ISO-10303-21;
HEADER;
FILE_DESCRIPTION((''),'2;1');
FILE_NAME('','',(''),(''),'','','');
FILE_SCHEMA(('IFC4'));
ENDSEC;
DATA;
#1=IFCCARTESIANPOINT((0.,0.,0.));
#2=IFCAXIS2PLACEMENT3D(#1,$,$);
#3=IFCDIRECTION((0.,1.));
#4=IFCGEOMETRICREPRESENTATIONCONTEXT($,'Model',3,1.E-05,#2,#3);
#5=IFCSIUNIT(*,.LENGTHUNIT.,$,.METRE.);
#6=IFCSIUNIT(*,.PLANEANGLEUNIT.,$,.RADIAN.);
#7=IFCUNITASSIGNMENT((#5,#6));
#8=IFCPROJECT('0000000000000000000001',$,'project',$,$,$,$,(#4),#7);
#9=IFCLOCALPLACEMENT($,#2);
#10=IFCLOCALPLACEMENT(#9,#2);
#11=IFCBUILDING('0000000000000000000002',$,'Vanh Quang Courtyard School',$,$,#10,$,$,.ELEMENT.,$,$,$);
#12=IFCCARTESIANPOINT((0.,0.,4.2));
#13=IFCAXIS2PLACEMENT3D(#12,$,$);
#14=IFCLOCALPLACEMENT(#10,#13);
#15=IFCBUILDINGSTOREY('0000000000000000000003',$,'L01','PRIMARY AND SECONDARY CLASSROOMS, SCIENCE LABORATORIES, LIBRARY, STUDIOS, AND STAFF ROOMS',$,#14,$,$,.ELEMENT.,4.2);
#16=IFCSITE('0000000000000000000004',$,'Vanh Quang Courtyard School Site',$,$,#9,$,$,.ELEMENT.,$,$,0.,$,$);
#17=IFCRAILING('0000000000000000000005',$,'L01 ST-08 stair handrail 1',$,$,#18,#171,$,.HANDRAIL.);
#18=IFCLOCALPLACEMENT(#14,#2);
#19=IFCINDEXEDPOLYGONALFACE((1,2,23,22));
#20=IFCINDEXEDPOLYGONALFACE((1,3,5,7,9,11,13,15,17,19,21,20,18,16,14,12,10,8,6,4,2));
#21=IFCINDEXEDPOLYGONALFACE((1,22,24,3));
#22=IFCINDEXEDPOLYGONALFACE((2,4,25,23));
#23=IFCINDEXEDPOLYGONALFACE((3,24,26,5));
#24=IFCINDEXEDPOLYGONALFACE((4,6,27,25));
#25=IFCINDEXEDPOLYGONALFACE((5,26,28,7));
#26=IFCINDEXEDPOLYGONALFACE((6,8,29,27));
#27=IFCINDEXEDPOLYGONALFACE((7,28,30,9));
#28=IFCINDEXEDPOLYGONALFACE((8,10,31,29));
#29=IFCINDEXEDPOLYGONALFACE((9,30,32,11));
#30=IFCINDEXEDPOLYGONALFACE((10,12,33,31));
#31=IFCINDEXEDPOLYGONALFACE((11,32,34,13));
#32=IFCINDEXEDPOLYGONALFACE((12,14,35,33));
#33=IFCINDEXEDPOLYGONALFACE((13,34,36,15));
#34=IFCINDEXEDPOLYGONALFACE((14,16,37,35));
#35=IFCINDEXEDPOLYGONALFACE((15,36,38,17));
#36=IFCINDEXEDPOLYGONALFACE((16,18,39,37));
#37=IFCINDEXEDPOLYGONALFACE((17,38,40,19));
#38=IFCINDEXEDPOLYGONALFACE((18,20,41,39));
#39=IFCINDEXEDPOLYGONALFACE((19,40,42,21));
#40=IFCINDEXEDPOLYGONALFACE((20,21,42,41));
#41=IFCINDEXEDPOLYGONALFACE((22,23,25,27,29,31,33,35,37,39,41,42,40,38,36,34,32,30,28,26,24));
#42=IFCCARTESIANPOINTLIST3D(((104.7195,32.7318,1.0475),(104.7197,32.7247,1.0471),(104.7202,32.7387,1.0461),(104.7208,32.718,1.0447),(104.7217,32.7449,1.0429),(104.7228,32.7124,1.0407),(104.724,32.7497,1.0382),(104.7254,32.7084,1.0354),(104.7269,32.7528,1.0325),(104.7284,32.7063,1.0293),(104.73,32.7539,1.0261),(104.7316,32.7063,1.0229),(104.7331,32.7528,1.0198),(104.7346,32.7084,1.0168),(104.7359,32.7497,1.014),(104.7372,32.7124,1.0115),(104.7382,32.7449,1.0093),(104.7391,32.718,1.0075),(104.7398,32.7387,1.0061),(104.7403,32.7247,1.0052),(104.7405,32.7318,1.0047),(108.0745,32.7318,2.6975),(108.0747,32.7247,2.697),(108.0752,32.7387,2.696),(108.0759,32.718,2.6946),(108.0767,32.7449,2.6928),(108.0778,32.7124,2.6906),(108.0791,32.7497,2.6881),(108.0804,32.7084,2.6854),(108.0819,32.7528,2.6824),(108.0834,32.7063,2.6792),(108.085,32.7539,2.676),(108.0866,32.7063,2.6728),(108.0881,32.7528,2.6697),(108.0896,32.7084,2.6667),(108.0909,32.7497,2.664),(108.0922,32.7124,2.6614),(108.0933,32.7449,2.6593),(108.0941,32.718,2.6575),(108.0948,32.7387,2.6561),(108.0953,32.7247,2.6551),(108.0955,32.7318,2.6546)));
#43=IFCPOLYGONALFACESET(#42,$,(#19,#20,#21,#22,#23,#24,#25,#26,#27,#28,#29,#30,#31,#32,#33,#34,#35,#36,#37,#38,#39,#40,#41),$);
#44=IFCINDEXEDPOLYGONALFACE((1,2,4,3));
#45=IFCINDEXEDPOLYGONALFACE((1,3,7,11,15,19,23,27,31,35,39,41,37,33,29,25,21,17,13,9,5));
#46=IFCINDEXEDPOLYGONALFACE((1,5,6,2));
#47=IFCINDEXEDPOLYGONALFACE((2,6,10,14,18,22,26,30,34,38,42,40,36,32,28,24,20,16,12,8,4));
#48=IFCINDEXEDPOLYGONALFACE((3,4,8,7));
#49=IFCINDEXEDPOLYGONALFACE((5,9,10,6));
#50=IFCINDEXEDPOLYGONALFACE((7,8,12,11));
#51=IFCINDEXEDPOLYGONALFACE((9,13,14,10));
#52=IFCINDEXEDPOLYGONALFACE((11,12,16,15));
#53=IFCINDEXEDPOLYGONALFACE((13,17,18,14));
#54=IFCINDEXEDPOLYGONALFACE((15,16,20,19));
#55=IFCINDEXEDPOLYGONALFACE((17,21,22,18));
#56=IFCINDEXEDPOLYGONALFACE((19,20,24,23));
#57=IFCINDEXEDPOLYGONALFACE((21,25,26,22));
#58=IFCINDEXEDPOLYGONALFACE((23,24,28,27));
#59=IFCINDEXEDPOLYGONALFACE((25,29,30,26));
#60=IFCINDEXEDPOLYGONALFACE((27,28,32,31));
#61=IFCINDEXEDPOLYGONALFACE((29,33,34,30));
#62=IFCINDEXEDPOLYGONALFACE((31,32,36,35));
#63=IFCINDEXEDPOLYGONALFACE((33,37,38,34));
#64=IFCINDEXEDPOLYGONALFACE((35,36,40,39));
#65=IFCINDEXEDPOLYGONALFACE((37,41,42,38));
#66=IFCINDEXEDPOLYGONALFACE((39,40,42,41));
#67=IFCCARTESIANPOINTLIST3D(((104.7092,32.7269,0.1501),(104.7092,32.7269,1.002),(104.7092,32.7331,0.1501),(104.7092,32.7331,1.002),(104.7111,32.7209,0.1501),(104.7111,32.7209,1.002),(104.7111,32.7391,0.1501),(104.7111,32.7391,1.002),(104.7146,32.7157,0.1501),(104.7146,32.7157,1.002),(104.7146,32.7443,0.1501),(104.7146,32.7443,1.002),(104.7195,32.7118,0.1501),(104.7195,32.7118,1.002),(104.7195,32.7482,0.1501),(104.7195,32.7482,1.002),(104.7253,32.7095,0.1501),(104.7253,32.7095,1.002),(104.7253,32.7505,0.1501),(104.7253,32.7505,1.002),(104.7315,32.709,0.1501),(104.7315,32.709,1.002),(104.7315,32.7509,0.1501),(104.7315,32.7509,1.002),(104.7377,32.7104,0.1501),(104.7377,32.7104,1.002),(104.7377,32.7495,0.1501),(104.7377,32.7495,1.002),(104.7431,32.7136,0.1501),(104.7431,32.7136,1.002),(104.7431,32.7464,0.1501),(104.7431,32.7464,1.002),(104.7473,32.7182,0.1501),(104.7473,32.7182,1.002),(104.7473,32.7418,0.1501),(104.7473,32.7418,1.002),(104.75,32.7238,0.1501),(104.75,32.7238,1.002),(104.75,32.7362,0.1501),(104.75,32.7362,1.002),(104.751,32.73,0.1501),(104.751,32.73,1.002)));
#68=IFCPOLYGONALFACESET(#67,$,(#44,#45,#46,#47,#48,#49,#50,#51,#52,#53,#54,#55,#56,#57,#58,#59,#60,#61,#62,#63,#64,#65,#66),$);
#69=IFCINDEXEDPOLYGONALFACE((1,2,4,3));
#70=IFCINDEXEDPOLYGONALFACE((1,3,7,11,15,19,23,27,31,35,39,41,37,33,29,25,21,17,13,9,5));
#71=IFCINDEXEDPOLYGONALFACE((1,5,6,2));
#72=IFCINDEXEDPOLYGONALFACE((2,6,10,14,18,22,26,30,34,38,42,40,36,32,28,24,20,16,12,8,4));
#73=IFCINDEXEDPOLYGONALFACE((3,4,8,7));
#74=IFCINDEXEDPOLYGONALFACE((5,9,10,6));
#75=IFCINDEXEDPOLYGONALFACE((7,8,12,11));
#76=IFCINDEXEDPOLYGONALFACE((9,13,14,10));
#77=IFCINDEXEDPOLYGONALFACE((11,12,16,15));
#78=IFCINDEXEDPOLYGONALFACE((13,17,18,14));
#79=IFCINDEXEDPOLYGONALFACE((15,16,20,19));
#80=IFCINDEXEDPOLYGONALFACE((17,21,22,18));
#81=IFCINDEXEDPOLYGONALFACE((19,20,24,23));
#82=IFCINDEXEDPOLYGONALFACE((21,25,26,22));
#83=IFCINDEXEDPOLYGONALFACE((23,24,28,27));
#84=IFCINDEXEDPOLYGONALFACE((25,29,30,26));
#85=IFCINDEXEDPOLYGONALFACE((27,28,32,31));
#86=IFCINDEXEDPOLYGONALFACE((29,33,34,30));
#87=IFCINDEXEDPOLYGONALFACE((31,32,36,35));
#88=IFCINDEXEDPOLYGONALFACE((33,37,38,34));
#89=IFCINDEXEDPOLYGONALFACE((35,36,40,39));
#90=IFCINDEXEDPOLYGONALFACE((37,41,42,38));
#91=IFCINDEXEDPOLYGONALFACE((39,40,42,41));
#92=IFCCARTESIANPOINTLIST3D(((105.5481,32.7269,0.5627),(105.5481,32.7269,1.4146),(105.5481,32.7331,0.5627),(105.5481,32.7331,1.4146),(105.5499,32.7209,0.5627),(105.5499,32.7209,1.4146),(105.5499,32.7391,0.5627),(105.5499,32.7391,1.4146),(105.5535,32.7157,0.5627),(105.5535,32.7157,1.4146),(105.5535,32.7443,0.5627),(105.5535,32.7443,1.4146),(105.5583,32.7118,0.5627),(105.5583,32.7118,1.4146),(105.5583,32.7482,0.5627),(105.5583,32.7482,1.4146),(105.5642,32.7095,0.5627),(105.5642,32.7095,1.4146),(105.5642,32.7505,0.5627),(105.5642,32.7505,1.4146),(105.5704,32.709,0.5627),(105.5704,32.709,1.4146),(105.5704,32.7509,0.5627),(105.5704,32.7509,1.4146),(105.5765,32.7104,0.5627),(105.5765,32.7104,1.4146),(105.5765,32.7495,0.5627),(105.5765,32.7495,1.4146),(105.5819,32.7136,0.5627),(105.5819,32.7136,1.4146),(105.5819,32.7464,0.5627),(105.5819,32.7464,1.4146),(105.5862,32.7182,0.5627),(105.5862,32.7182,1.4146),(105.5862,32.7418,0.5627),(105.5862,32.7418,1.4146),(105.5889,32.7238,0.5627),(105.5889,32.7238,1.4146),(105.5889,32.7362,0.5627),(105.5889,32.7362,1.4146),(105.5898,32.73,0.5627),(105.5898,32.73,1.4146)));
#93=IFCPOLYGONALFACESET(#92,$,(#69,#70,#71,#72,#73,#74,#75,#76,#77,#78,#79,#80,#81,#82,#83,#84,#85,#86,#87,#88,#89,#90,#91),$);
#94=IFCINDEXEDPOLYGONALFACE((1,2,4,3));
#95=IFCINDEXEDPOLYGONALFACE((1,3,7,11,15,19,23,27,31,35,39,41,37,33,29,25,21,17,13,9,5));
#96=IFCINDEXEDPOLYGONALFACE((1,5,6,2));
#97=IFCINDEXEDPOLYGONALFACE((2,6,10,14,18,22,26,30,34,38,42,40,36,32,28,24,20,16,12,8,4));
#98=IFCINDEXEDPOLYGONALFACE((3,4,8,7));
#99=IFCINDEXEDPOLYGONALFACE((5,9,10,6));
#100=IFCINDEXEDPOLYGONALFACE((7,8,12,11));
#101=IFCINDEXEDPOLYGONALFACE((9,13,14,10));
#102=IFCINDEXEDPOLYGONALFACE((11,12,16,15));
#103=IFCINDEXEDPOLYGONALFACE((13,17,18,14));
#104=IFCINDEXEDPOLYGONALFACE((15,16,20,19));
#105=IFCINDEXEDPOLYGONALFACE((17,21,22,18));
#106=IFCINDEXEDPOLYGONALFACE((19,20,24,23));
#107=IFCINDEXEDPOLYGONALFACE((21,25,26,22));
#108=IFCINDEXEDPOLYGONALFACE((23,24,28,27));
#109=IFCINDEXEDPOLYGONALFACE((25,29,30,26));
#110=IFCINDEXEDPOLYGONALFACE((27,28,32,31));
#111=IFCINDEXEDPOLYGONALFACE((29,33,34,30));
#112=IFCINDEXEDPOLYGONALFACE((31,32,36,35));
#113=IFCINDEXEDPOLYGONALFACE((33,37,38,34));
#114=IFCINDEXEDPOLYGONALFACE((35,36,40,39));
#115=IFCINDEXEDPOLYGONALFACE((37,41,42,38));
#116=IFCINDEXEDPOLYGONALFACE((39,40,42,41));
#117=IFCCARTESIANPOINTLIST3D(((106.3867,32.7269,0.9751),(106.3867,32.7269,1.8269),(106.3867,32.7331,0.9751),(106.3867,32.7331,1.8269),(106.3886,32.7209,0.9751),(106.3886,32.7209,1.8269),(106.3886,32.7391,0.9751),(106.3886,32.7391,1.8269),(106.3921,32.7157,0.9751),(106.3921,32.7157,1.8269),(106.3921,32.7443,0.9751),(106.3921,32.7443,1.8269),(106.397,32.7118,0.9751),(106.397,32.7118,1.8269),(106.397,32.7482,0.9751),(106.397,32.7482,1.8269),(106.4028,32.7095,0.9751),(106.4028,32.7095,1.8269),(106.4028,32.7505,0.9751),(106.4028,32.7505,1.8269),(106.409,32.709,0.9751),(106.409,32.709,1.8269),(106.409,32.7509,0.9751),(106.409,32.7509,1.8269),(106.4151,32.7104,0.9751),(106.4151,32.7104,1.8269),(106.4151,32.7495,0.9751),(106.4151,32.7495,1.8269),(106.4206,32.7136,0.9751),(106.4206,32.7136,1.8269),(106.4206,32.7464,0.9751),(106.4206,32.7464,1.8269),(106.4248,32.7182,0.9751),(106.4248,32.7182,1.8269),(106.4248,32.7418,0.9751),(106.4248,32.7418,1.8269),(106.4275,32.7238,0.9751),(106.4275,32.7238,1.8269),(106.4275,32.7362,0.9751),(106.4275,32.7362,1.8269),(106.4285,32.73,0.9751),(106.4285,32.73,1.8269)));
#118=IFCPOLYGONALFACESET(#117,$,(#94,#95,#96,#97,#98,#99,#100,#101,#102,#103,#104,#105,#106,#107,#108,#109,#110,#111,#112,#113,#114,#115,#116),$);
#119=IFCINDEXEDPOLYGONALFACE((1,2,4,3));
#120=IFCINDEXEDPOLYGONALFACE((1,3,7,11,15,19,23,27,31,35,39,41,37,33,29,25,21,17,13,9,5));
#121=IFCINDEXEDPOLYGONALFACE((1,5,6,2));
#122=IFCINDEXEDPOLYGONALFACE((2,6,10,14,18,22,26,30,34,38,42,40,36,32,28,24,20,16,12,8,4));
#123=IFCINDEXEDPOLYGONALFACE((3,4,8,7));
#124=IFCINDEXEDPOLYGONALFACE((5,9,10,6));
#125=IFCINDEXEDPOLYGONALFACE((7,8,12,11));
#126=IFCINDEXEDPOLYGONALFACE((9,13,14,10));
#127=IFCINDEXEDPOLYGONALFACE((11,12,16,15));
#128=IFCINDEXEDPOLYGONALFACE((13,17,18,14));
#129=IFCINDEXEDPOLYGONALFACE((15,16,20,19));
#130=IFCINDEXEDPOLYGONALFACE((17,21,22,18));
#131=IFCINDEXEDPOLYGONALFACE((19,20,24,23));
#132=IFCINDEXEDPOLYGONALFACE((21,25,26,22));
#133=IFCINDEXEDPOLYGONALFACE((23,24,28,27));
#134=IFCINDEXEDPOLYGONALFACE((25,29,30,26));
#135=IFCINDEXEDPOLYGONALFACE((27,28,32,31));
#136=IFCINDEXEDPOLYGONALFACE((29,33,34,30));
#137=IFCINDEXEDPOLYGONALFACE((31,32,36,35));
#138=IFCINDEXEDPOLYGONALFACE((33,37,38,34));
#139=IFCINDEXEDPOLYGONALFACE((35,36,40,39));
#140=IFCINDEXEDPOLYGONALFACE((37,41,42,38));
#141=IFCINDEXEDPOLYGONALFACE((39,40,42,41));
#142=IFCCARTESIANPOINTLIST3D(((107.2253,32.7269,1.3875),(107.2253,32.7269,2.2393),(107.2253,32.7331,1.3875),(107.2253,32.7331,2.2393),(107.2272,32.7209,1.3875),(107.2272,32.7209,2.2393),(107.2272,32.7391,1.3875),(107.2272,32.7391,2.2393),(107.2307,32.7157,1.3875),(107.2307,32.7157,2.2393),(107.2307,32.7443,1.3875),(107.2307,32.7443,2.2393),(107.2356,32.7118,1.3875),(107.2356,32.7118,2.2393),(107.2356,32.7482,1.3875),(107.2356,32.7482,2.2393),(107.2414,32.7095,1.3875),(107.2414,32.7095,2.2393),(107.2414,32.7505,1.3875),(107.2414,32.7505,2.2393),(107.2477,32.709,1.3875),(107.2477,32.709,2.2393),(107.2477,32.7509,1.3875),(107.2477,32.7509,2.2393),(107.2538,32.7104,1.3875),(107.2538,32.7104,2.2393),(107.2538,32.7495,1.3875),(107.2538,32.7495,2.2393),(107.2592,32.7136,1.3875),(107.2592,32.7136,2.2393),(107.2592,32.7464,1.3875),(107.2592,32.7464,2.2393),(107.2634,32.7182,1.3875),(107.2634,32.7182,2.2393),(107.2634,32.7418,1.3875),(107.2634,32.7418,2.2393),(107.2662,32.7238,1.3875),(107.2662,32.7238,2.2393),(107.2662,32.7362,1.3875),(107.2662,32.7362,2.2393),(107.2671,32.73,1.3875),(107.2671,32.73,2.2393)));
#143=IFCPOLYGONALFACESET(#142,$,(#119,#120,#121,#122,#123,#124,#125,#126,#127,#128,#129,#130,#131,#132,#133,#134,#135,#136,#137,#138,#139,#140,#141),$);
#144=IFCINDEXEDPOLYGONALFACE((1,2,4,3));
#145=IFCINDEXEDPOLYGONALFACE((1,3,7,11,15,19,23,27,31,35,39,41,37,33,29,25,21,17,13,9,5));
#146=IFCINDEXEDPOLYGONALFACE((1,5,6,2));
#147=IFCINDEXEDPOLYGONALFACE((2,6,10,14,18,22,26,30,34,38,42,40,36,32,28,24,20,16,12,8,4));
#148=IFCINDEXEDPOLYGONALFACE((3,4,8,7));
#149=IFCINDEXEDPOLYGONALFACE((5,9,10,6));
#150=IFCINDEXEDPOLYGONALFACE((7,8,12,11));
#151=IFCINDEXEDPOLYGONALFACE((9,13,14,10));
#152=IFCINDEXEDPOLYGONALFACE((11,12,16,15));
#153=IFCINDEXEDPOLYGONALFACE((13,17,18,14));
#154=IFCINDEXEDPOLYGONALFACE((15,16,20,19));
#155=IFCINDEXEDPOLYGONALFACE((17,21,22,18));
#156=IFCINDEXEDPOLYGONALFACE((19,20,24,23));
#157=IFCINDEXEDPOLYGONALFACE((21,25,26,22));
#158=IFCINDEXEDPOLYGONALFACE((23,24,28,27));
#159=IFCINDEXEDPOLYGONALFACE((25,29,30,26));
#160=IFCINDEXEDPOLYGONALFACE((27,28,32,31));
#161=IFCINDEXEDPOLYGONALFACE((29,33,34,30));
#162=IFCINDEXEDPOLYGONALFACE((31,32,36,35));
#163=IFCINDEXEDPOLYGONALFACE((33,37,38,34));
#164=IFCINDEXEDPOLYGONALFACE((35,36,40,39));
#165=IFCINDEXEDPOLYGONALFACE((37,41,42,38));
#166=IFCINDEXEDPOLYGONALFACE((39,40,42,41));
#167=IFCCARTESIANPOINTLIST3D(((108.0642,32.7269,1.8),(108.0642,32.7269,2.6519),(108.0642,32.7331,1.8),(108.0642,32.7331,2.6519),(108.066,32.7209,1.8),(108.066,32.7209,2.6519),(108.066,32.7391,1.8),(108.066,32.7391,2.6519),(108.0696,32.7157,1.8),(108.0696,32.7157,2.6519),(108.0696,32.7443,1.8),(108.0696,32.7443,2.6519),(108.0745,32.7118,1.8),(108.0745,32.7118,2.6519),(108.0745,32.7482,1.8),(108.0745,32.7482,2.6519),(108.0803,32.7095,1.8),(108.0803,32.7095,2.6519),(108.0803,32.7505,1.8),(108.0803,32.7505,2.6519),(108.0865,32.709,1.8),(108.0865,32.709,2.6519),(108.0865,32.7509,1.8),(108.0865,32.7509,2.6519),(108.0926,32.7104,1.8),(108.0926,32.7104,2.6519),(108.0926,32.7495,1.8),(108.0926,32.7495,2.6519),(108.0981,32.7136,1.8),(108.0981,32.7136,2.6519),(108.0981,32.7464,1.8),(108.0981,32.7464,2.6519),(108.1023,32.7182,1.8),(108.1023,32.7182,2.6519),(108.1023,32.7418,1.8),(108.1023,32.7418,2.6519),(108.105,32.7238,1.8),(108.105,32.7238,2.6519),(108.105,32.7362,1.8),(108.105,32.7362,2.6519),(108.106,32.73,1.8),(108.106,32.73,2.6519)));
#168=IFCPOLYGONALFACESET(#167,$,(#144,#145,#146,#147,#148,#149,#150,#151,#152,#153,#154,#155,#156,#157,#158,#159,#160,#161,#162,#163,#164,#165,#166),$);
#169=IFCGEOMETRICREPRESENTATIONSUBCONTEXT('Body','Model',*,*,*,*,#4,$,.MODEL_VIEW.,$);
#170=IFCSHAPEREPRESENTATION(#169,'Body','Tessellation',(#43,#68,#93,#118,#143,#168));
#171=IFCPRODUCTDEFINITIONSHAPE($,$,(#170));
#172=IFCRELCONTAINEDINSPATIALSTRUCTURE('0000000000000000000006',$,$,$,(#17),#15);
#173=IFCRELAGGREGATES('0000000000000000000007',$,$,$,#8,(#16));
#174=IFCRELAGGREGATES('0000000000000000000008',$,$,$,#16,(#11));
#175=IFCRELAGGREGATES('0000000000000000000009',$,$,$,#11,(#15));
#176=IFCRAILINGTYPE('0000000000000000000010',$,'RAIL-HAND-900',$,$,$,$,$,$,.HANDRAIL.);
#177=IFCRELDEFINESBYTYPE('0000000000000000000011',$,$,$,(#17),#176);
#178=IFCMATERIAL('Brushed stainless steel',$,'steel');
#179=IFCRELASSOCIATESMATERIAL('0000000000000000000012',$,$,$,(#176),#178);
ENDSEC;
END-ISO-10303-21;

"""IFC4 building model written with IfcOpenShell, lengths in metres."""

from ifc_helpers import new_model, si_unit, direction, frame, origin, origin_2d, place, context, subcontext, project, spatial, circle, extrude, material, type_object, element, save


model = new_model("IFC4")

# Units and contexts
model_context = context("Model", 3, precision=1e-05, world=origin(), true_north=direction((0.0, 1.0)))
body_context = subcontext(model_context, "Body", "Model", "MODEL_VIEW")
ifc_project = project(units=[si_unit("LENGTHUNIT", "METRE"), si_unit("PLANEANGLEUNIT", "RADIAN")], contexts=[model_context])

# Site, building, storey
site_placement = place(None, origin())
site = spatial("IfcSite", under=ifc_project, at=site_placement, Name="Vanh Quang Courtyard School Site", CompositionType="ELEMENT", RefElevation=0.0)
building_placement = place(site_placement, origin())
building = spatial("IfcBuilding", under=site, at=building_placement, Name="Vanh Quang Courtyard School", CompositionType="ELEMENT")
storey_placement = place(building_placement, frame((0.0, 0.0, 4.2)))
storey = spatial("IfcBuildingStorey", under=building, at=storey_placement, Name="L01", Description="PRIMARY AND SECONDARY CLASSROOMS, SCIENCE LABORATORIES, LIBRARY, STUDIOS, AND STAFF ROOMS", CompositionType="ELEMENT", Elevation=4.2)

# Railing
ifc_material_1 = material(Name="Brushed stainless steel", Category="steel")
railing_type_1 = type_object("IfcRailingType", Name="RAIL-HAND-900", PredefinedType="HANDRAIL", material=ifc_material_1)
railing_1_placement = place(storey_placement, frame((104.73, 32.73, 0.1501)))
element("IfcRailing", 1, at=railing_1_placement, inside=storey, type_object=railing_type_1, Name="L01 ST-08 stair handrail 1", PredefinedType="HANDRAIL", context=body_context, shape_type="SweptSolid", body=[
    extrude(circle(Radius=0.0239, at=origin_2d()), frame((0.0, 0.0, 0.876), z_axis=(0.897359, 0.0, 0.441301), x_axis=(0.0, 1.0, 0.0)), (0.0, 0.0, 1.0), 3.7388),
    extrude(circle(Radius=0.021, at=origin_2d()), origin(), (0.0, 0.0, 1.0), 0.8518),
    extrude(circle(Radius=0.021, at=origin_2d()), frame((0.8389, 0.0, 0.4126)), (0.0, 0.0, 1.0), 0.8518),
    extrude(circle(Radius=0.021, at=origin_2d()), frame((1.6775, 0.0, 0.825)), (0.0, 0.0, 1.0), 0.8518),
    extrude(circle(Radius=0.021, at=origin_2d()), frame((2.5161, 0.0, 1.2373)), (0.0, 0.0, 1.0), 0.8518),
    extrude(circle(Radius=0.021, at=origin_2d()), frame((3.355, 0.0, 1.6499)), (0.0, 0.0, 1.0), 0.8518),
])

save(model, "model.ifc")
